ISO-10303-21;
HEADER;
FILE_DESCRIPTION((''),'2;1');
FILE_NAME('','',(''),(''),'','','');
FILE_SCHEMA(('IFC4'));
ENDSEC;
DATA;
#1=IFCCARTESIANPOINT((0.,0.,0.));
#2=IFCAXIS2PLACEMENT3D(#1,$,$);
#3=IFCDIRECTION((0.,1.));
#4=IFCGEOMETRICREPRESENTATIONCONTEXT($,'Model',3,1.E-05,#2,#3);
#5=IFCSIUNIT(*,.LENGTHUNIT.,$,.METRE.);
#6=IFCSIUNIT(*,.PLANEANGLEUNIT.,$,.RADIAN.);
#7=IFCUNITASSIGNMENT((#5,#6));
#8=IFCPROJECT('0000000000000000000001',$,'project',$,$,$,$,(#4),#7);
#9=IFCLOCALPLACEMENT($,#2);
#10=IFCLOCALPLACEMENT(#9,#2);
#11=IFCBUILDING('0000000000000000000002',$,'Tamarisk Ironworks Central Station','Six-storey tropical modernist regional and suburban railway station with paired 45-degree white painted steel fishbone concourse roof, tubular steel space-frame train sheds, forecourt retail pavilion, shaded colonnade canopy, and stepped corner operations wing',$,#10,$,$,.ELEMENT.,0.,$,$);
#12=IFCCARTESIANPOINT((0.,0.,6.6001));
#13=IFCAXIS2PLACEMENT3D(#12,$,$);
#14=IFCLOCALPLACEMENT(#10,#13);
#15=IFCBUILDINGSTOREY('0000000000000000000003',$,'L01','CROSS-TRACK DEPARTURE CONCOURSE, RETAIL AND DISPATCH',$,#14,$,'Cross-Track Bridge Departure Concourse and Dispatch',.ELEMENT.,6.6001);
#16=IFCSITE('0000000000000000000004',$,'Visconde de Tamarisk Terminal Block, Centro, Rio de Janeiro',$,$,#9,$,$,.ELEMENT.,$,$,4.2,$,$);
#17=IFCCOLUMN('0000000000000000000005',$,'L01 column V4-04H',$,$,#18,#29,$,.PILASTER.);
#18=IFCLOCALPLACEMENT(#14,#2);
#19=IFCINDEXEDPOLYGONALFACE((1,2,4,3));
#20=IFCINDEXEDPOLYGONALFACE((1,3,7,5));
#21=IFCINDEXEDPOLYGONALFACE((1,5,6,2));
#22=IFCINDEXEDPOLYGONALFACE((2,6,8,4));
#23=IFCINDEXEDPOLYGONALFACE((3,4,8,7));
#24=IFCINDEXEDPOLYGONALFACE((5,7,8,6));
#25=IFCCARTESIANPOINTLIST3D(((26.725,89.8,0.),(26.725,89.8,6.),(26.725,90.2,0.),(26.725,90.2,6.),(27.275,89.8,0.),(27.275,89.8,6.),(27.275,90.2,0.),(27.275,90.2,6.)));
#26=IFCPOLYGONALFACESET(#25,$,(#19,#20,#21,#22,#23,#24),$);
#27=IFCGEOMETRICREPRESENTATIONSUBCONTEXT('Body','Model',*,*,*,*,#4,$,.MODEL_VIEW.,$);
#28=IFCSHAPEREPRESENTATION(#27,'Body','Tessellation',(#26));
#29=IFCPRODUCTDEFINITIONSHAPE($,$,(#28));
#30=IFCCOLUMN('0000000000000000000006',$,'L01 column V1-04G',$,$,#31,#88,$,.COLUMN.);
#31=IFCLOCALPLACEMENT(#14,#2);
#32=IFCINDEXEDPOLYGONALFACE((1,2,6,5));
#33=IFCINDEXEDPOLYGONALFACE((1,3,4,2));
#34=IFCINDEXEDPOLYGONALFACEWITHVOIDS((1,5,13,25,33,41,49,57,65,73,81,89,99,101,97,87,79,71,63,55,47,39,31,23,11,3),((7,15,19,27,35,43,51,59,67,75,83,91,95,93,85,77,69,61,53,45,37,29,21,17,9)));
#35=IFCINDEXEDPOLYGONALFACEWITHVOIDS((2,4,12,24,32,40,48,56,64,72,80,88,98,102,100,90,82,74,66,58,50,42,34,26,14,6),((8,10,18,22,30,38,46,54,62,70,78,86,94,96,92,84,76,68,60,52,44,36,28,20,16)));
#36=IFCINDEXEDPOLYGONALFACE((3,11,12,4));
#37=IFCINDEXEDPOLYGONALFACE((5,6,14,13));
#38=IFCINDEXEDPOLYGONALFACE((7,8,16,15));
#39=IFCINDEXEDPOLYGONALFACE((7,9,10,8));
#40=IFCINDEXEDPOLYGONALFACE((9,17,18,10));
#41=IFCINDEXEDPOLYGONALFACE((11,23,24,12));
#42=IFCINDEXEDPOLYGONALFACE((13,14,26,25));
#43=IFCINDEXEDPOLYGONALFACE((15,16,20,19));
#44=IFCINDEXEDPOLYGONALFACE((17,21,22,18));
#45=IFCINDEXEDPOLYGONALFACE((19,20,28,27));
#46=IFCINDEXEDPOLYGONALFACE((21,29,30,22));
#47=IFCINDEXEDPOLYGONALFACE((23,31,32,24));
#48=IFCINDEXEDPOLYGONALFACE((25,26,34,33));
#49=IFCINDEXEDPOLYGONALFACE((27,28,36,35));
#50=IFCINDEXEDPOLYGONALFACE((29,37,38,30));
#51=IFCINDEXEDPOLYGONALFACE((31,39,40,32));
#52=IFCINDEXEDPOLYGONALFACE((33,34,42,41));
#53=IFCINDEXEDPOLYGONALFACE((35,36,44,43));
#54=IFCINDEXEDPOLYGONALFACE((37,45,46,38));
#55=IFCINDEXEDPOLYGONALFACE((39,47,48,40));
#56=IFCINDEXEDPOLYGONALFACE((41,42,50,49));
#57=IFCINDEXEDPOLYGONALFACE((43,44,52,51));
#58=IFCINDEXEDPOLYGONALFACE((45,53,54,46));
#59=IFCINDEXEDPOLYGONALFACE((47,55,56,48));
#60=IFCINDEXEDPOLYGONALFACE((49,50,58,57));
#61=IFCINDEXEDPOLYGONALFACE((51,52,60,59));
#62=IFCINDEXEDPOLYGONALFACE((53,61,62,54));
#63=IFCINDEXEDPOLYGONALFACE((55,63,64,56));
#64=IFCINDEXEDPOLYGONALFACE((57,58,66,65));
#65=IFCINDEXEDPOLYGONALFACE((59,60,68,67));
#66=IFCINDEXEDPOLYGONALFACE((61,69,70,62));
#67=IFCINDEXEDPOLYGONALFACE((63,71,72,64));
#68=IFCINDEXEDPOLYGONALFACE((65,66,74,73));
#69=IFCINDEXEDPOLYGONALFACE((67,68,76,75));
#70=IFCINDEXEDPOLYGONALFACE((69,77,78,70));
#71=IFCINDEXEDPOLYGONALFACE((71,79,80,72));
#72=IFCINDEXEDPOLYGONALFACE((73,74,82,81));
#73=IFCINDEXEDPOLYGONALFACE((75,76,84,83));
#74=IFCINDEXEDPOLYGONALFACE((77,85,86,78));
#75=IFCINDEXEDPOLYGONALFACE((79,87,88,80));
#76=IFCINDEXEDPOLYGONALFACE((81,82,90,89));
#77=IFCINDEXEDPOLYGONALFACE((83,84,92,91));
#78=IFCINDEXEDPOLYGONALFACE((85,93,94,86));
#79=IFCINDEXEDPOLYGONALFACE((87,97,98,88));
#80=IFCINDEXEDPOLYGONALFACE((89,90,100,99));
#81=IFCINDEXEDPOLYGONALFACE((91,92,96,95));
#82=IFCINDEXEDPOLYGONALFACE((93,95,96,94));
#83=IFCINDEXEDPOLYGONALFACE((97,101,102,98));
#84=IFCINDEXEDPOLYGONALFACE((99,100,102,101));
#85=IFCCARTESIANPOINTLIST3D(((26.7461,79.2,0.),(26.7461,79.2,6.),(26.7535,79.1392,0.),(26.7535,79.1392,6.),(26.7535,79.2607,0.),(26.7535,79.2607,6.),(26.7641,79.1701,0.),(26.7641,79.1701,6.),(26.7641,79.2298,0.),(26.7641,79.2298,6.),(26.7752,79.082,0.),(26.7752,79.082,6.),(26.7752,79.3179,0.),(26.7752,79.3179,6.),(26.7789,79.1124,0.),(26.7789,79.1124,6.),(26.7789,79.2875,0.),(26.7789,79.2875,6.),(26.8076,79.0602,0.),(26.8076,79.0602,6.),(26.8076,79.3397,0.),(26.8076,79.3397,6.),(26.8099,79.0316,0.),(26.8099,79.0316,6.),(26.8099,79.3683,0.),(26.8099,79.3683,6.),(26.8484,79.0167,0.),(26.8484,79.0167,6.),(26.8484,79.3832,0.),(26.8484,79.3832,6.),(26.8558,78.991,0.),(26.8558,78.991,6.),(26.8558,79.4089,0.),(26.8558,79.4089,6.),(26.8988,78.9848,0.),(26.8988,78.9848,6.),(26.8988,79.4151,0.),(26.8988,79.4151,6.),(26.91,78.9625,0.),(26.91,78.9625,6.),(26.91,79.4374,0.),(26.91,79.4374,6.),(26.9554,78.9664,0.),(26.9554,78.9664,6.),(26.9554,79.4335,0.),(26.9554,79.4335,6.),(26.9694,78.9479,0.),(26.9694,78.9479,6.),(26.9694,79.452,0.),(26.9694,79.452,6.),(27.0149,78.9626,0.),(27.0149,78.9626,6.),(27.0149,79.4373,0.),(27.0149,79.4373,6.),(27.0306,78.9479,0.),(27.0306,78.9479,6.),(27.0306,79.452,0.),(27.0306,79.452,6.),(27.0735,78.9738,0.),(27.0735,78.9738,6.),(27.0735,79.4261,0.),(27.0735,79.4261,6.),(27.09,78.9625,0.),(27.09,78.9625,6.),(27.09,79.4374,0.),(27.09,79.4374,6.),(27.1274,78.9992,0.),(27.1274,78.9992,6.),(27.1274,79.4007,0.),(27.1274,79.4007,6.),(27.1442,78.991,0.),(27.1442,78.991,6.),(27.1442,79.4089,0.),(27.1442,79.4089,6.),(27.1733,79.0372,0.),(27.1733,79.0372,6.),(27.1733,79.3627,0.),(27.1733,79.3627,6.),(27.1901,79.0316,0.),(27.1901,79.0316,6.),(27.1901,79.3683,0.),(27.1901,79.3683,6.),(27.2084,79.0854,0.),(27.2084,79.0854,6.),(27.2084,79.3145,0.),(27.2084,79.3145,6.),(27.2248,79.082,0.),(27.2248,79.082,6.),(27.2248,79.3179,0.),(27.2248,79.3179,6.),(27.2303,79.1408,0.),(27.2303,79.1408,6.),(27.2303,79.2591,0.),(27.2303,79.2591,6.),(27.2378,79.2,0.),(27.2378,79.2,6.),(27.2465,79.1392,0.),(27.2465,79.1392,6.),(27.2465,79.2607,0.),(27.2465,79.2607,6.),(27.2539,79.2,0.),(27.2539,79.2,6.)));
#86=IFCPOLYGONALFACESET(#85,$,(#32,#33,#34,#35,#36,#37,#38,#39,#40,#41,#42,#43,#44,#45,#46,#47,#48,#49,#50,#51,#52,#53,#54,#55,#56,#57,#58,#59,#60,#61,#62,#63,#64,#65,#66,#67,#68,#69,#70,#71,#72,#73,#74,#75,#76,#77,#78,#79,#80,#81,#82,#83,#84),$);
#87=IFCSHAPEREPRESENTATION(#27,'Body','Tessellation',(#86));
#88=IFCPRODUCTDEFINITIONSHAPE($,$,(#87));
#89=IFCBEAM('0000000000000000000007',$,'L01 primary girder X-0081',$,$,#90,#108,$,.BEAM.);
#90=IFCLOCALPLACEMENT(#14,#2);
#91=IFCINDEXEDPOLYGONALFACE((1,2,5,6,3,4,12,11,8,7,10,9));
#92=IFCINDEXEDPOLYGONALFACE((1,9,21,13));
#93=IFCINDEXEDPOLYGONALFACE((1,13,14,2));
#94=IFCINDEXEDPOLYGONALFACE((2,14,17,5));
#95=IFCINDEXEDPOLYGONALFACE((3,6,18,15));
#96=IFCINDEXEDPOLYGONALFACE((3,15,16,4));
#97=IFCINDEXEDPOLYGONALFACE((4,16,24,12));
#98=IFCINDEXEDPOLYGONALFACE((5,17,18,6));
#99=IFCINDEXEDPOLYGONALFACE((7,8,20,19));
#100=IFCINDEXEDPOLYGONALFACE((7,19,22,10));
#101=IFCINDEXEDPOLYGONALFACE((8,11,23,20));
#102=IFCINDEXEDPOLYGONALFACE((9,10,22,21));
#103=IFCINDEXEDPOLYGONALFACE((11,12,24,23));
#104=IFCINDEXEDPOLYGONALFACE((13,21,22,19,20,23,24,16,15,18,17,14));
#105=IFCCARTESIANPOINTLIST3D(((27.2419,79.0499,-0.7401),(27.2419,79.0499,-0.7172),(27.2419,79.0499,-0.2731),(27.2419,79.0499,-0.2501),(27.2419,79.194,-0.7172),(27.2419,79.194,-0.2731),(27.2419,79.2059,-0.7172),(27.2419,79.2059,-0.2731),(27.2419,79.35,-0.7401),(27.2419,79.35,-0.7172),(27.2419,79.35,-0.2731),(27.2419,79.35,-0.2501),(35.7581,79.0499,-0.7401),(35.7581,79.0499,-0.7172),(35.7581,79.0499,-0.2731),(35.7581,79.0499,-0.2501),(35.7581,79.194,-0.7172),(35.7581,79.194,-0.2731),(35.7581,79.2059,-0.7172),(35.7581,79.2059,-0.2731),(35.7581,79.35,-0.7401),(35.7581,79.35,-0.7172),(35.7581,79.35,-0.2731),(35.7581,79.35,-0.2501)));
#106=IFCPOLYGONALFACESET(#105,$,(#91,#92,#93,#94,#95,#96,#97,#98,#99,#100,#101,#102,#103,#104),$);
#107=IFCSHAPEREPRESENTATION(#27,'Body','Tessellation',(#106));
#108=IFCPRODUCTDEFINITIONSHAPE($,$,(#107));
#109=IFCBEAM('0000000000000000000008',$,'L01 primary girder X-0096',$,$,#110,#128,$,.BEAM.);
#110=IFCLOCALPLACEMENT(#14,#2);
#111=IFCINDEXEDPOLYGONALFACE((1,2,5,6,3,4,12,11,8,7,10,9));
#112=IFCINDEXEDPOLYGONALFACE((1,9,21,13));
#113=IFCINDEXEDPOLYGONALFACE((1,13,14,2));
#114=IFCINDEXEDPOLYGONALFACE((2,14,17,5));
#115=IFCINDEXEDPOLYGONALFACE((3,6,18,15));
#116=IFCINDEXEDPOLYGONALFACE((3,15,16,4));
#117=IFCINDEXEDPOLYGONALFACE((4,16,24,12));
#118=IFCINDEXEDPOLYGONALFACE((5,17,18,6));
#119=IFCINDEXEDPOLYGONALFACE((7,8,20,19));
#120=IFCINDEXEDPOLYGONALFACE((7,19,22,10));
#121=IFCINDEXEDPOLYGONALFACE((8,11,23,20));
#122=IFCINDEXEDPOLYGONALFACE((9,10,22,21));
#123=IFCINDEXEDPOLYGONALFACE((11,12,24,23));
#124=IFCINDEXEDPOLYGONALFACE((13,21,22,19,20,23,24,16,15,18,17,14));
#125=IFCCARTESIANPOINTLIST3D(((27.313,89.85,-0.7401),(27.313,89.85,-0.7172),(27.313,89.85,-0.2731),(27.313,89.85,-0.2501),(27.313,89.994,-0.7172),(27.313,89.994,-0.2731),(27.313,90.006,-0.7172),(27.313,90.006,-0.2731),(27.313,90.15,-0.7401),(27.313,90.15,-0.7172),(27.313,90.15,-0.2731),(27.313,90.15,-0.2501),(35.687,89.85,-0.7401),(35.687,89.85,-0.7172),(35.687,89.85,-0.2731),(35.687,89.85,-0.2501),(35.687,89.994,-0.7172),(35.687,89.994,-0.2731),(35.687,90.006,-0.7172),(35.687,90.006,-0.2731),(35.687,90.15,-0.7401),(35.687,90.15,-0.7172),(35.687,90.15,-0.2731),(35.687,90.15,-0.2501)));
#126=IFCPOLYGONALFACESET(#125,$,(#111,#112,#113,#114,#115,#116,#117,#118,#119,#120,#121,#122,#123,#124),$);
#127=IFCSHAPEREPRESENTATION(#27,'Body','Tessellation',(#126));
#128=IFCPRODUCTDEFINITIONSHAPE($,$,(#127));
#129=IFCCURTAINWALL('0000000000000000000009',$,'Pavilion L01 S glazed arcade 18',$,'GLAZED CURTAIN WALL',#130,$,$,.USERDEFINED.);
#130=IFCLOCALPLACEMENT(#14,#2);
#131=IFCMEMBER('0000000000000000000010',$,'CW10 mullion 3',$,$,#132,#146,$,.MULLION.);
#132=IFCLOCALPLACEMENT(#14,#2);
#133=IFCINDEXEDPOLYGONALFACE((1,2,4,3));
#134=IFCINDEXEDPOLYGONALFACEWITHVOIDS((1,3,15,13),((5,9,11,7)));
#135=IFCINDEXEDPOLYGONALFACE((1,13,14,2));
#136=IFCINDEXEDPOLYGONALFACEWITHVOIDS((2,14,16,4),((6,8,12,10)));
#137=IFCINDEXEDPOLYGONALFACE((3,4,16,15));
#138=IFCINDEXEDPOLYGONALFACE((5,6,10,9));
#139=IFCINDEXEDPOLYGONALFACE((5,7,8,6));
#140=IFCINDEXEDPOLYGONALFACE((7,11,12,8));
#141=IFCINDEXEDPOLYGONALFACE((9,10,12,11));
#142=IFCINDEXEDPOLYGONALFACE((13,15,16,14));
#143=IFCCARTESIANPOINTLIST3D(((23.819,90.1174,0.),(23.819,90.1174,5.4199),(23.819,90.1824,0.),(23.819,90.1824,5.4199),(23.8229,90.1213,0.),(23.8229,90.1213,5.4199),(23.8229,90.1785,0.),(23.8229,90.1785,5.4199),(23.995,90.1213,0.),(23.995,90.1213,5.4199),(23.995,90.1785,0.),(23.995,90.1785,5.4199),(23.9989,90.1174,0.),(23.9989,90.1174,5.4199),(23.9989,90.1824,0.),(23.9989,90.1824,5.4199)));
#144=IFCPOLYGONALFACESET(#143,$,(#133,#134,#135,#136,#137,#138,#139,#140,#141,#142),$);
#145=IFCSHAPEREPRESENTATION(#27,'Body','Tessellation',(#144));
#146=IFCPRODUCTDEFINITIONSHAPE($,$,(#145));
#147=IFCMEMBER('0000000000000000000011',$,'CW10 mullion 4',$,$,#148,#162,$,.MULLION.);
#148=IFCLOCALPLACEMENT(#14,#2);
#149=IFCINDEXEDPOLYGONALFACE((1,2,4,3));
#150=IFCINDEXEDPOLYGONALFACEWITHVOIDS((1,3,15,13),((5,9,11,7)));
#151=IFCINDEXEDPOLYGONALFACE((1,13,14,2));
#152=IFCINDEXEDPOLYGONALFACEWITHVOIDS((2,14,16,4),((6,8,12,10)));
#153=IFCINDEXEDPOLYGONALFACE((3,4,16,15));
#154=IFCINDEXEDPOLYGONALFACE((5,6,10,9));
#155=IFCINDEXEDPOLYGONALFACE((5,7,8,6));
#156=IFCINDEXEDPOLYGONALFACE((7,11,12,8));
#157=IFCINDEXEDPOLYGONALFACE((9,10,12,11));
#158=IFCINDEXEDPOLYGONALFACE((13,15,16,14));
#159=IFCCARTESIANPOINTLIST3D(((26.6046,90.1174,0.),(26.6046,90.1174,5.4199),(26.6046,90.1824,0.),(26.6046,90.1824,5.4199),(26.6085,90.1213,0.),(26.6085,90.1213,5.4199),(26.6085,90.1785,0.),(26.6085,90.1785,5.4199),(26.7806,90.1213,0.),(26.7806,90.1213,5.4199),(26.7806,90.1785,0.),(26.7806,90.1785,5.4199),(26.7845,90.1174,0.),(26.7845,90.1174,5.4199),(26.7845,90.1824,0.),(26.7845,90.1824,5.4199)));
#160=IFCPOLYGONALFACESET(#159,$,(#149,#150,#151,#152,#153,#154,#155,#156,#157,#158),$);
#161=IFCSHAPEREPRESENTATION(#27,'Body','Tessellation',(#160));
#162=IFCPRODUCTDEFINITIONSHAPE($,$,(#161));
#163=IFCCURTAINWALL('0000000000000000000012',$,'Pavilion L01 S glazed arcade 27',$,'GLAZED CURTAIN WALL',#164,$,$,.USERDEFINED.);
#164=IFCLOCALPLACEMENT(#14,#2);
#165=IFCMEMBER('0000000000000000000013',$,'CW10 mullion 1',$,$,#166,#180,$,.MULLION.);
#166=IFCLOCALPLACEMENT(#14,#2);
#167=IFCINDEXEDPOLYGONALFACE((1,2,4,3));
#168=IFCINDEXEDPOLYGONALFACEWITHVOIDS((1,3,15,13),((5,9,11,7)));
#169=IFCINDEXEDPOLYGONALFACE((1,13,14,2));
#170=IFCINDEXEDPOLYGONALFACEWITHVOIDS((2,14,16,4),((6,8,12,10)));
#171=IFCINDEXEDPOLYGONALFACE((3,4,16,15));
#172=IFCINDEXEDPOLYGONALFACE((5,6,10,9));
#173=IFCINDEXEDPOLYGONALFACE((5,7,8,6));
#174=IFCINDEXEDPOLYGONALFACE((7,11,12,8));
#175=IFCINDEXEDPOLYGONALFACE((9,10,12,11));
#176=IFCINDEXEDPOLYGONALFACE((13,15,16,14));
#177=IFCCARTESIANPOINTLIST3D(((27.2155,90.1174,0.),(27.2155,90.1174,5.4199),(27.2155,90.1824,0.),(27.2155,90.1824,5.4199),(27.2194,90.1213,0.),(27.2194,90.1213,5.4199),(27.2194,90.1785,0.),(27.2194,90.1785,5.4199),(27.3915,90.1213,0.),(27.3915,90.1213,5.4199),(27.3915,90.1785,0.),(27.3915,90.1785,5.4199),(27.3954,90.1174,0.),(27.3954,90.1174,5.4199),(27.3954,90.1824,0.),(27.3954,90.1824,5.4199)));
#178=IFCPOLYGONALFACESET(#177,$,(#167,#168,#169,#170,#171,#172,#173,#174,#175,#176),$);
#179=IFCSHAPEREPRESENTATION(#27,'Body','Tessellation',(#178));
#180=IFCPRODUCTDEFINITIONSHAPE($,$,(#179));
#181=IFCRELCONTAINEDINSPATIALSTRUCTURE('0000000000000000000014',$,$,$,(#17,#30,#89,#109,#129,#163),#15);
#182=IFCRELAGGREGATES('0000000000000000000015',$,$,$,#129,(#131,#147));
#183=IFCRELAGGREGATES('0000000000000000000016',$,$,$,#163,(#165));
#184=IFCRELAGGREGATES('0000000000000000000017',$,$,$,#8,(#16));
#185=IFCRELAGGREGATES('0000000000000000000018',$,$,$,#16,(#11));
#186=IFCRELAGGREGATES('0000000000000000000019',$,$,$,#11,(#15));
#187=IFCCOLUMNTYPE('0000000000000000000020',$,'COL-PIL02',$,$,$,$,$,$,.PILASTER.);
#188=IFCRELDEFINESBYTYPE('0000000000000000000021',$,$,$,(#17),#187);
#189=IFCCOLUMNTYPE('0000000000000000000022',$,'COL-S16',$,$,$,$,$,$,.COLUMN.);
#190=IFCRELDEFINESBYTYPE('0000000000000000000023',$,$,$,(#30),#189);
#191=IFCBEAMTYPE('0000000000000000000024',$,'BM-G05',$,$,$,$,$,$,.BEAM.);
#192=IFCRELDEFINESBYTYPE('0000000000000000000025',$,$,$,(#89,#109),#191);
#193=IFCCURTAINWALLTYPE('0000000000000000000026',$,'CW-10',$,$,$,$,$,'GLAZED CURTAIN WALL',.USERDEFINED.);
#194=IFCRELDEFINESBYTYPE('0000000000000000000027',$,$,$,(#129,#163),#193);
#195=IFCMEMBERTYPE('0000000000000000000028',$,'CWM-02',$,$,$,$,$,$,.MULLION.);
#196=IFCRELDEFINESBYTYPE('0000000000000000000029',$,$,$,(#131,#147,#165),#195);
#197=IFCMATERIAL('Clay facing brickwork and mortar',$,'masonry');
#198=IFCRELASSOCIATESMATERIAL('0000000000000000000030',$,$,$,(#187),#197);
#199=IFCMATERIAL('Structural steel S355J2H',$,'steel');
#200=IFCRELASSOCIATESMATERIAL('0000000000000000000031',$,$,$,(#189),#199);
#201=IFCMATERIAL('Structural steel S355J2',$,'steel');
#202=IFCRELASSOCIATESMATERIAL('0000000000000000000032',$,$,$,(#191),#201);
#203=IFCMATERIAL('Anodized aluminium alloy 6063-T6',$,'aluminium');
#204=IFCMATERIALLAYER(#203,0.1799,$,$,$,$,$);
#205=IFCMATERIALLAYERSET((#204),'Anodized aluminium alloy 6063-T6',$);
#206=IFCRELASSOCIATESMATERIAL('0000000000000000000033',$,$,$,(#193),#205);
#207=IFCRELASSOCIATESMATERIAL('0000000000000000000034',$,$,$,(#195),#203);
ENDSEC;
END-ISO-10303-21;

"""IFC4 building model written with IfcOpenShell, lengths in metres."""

from ifc_helpers import new_model, si_unit, direction, frame, origin, origin_2d, place, context, subcontext, project, spatial, rectangle, hollow_rectangle, hollow_circle, i_section, extrude, material, layer, layer_set, material_profile, profile_set, type_object, element, aggregate, save


model = new_model("IFC4")

# Units and contexts
model_context = context("Model", 3, precision=1e-05, world=origin(), true_north=direction((0.0, 1.0)))
body_context = subcontext(model_context, "Body", "Model", "MODEL_VIEW")
ifc_project = project(units=[si_unit("LENGTHUNIT", "METRE"), si_unit("PLANEANGLEUNIT", "RADIAN")], contexts=[model_context])

# Site, building, storey
site_placement = place(None, origin())
site = spatial("IfcSite", under=ifc_project, at=site_placement, Name="Visconde de Tamarisk Terminal Block, Centro, Rio de Janeiro", CompositionType="ELEMENT", RefElevation=4.2)
building_placement = place(site_placement, origin())
building = spatial("IfcBuilding", under=site, at=building_placement, Name="Tamarisk Ironworks Central Station", Description="Six-storey tropical modernist regional and suburban railway station with paired 45-degree white painted steel fishbone concourse roof, tubular steel space-frame train sheds, forecourt retail pavilion, shaded colonnade canopy, and stepped corner operations wing", CompositionType="ELEMENT", ElevationOfRefHeight=0.0)
storey_placement = place(building_placement, frame((0.0, 0.0, 6.6001)))
storey = spatial("IfcBuildingStorey", under=building, at=storey_placement, Name="L01", Description="CROSS-TRACK DEPARTURE CONCOURSE, RETAIL AND DISPATCH", LongName="Cross-Track Bridge Departure Concourse and Dispatch", CompositionType="ELEMENT", Elevation=6.6001)

# Columns
ifc_material_1 = material(Name="Clay facing brickwork and mortar", Category="masonry")
ifc_material_profile_1 = material_profile(ifc_material_1, rectangle(XDim=0.55, YDim=0.3999, at=origin_2d()), Name="PIL 550x400")
ifc_profile_set_1 = profile_set([ifc_material_profile_1], Name="Clay facing brickwork and mortar")
column_type_1 = type_object("IfcColumnType", Name="COL-PIL02", PredefinedType="PILASTER", material=ifc_profile_set_1)
column_1_placement = place(storey_placement, frame((27.0, 90.0, 0.0), z_axis=(0.0, 0.0, 1.0), x_axis=(1.0, 0.0, 0.0)))
element("IfcColumn", 1, at=column_1_placement, inside=storey, type_object=column_type_1, Name="L01 column V4-04H", PredefinedType="PILASTER", context=body_context, shape_type="SweptSolid", body=[
    extrude(rectangle(XDim=0.55, YDim=0.3999, at=origin_2d()), origin(), (0.0, 0.0, 1.0), 6.0),
])
ifc_material_2 = material(Name="Structural steel S355J2H", Category="steel")
ifc_material_profile_2 = material_profile(ifc_material_2, hollow_circle(Radius=0.2539, WallThickness=0.0161, at=origin_2d()), Name="CHS 508x16")
ifc_profile_set_2 = profile_set([ifc_material_profile_2], Name="Structural steel S355J2H")
column_type_2 = type_object("IfcColumnType", Name="COL-S16", PredefinedType="COLUMN", material=ifc_profile_set_2)
column_2_placement = place(storey_placement, frame((27.0, 79.2, 0.0), z_axis=(0.0, 0.0, 1.0), x_axis=(1.0, 0.0, 0.0)))
element("IfcColumn", 2, at=column_2_placement, inside=storey, type_object=column_type_2, Name="L01 column V1-04G", PredefinedType="COLUMN", context=body_context, shape_type="SweptSolid", body=[
    extrude(hollow_circle(Radius=0.2539, WallThickness=0.0161, at=origin_2d()), origin(), (0.0, 0.0, 1.0), 6.0),
])

# Beams
ifc_material_3 = material(Name="Structural steel S355J2", Category="steel")
ifc_material_profile_3 = material_profile(ifc_material_3, i_section(OverallWidth=0.3, OverallDepth=0.49, WebThickness=0.012, FlangeThickness=0.0229, at=origin_2d()), Name="HEA 500")
ifc_profile_set_3 = profile_set([ifc_material_profile_3], Name="Structural steel S355J2")
beam_type = type_object("IfcBeamType", Name="BM-G05", PredefinedType="BEAM", material=ifc_profile_set_3)
beam_1_placement = place(storey_placement, frame((27.2419, 79.2, -0.4951), z_axis=(1.0, 0.0, 0.0), x_axis=(0.0, 1.0, 0.0)))
element("IfcBeam", 3, at=beam_1_placement, inside=storey, type_object=beam_type, Name="L01 primary girder X-0081", PredefinedType="BEAM", context=body_context, shape_type="SweptSolid", body=[
    extrude(i_section(OverallWidth=0.3, OverallDepth=0.49, WebThickness=0.012, FlangeThickness=0.0229, at=origin_2d()), origin(), (0.0, 0.0, 1.0), 8.5161),
])
beam_2_placement = place(storey_placement, frame((27.313, 90.0, -0.4951), z_axis=(1.0, 0.0, 0.0), x_axis=(0.0, 1.0, 0.0)))
element("IfcBeam", 4, at=beam_2_placement, inside=storey, type_object=beam_type, Name="L01 primary girder X-0096", PredefinedType="BEAM", context=body_context, shape_type="SweptSolid", body=[
    extrude(i_section(OverallWidth=0.3, OverallDepth=0.49, WebThickness=0.012, FlangeThickness=0.0229, at=origin_2d()), origin(), (0.0, 0.0, 1.0), 8.374),
])

# Curtain wall, members
ifc_material_4 = material(Name="Anodized aluminium alloy 6063-T6", Category="aluminium")
ifc_layer_1 = layer(ifc_material_4, 0.1799)
ifc_layer_set_1 = layer_set([ifc_layer_1], Name="Anodized aluminium alloy 6063-T6")
curtain_wall_type = type_object("IfcCurtainWallType", Name="CW-10", ElementType="GLAZED CURTAIN WALL", PredefinedType="USERDEFINED", material=ifc_layer_set_1)
curtain_wall_1_placement = place(storey_placement, origin())
curtain_wall_1 = element("IfcCurtainWall", 5, at=curtain_wall_1_placement, inside=storey, type_object=curtain_wall_type, Name="Pavilion L01 S glazed arcade 18", ObjectType="GLAZED CURTAIN WALL", PredefinedType="USERDEFINED")
ifc_material_profile_4 = material_profile(ifc_material_4, hollow_rectangle(XDim=0.0649, YDim=0.1799, WallThickness=0.0039, at=origin_2d()), Name="ALUM 180x65")
ifc_profile_set_4 = profile_set([ifc_material_profile_4], Name="Anodized aluminium alloy 6063-T6")
member_type_1 = type_object("IfcMemberType", Name="CWM-02", PredefinedType="MULLION", material=ifc_profile_set_4)
member_1_placement = place(storey_placement, frame((23.9089, 90.1499, 0.0), z_axis=(0.0, 0.0, 1.0), x_axis=(0.0, 1.0, 0.0)))
member_1 = element("IfcMember", 6, at=member_1_placement, type_object=member_type_1, Name="CW10 mullion 3", PredefinedType="MULLION", context=body_context, shape_type="SweptSolid", body=[
    extrude(hollow_rectangle(XDim=0.0649, YDim=0.1799, WallThickness=0.0039, at=origin_2d()), origin(), (0.0, 0.0, 1.0), 5.4199),
])
member_2_placement = place(storey_placement, frame((26.6946, 90.1499, 0.0), z_axis=(0.0, 0.0, 1.0), x_axis=(0.0, 1.0, 0.0)))
member_2 = element("IfcMember", 7, at=member_2_placement, type_object=member_type_1, Name="CW10 mullion 4", PredefinedType="MULLION", context=body_context, shape_type="SweptSolid", body=[
    extrude(hollow_rectangle(XDim=0.0649, YDim=0.1799, WallThickness=0.0039, at=origin_2d()), origin(), (0.0, 0.0, 1.0), 5.4199),
])

# Curtain wall, member
curtain_wall_2_placement = place(storey_placement, origin())
curtain_wall_2 = element("IfcCurtainWall", 8, at=curtain_wall_2_placement, inside=storey, type_object=curtain_wall_type, Name="Pavilion L01 S glazed arcade 27", ObjectType="GLAZED CURTAIN WALL", PredefinedType="USERDEFINED")
member_3_placement = place(storey_placement, frame((27.3054, 90.1499, 0.0), z_axis=(0.0, 0.0, 1.0), x_axis=(0.0, 1.0, 0.0)))
member_3 = element("IfcMember", 9, at=member_3_placement, type_object=member_type_1, Name="CW10 mullion 1", PredefinedType="MULLION", context=body_context, shape_type="SweptSolid", body=[
    extrude(hollow_rectangle(XDim=0.0649, YDim=0.1799, WallThickness=0.0039, at=origin_2d()), origin(), (0.0, 0.0, 1.0), 5.4199),
])

aggregate(curtain_wall_1, [member_1, member_2])
aggregate(curtain_wall_2, [member_3])

save(model, "model.ifc")
